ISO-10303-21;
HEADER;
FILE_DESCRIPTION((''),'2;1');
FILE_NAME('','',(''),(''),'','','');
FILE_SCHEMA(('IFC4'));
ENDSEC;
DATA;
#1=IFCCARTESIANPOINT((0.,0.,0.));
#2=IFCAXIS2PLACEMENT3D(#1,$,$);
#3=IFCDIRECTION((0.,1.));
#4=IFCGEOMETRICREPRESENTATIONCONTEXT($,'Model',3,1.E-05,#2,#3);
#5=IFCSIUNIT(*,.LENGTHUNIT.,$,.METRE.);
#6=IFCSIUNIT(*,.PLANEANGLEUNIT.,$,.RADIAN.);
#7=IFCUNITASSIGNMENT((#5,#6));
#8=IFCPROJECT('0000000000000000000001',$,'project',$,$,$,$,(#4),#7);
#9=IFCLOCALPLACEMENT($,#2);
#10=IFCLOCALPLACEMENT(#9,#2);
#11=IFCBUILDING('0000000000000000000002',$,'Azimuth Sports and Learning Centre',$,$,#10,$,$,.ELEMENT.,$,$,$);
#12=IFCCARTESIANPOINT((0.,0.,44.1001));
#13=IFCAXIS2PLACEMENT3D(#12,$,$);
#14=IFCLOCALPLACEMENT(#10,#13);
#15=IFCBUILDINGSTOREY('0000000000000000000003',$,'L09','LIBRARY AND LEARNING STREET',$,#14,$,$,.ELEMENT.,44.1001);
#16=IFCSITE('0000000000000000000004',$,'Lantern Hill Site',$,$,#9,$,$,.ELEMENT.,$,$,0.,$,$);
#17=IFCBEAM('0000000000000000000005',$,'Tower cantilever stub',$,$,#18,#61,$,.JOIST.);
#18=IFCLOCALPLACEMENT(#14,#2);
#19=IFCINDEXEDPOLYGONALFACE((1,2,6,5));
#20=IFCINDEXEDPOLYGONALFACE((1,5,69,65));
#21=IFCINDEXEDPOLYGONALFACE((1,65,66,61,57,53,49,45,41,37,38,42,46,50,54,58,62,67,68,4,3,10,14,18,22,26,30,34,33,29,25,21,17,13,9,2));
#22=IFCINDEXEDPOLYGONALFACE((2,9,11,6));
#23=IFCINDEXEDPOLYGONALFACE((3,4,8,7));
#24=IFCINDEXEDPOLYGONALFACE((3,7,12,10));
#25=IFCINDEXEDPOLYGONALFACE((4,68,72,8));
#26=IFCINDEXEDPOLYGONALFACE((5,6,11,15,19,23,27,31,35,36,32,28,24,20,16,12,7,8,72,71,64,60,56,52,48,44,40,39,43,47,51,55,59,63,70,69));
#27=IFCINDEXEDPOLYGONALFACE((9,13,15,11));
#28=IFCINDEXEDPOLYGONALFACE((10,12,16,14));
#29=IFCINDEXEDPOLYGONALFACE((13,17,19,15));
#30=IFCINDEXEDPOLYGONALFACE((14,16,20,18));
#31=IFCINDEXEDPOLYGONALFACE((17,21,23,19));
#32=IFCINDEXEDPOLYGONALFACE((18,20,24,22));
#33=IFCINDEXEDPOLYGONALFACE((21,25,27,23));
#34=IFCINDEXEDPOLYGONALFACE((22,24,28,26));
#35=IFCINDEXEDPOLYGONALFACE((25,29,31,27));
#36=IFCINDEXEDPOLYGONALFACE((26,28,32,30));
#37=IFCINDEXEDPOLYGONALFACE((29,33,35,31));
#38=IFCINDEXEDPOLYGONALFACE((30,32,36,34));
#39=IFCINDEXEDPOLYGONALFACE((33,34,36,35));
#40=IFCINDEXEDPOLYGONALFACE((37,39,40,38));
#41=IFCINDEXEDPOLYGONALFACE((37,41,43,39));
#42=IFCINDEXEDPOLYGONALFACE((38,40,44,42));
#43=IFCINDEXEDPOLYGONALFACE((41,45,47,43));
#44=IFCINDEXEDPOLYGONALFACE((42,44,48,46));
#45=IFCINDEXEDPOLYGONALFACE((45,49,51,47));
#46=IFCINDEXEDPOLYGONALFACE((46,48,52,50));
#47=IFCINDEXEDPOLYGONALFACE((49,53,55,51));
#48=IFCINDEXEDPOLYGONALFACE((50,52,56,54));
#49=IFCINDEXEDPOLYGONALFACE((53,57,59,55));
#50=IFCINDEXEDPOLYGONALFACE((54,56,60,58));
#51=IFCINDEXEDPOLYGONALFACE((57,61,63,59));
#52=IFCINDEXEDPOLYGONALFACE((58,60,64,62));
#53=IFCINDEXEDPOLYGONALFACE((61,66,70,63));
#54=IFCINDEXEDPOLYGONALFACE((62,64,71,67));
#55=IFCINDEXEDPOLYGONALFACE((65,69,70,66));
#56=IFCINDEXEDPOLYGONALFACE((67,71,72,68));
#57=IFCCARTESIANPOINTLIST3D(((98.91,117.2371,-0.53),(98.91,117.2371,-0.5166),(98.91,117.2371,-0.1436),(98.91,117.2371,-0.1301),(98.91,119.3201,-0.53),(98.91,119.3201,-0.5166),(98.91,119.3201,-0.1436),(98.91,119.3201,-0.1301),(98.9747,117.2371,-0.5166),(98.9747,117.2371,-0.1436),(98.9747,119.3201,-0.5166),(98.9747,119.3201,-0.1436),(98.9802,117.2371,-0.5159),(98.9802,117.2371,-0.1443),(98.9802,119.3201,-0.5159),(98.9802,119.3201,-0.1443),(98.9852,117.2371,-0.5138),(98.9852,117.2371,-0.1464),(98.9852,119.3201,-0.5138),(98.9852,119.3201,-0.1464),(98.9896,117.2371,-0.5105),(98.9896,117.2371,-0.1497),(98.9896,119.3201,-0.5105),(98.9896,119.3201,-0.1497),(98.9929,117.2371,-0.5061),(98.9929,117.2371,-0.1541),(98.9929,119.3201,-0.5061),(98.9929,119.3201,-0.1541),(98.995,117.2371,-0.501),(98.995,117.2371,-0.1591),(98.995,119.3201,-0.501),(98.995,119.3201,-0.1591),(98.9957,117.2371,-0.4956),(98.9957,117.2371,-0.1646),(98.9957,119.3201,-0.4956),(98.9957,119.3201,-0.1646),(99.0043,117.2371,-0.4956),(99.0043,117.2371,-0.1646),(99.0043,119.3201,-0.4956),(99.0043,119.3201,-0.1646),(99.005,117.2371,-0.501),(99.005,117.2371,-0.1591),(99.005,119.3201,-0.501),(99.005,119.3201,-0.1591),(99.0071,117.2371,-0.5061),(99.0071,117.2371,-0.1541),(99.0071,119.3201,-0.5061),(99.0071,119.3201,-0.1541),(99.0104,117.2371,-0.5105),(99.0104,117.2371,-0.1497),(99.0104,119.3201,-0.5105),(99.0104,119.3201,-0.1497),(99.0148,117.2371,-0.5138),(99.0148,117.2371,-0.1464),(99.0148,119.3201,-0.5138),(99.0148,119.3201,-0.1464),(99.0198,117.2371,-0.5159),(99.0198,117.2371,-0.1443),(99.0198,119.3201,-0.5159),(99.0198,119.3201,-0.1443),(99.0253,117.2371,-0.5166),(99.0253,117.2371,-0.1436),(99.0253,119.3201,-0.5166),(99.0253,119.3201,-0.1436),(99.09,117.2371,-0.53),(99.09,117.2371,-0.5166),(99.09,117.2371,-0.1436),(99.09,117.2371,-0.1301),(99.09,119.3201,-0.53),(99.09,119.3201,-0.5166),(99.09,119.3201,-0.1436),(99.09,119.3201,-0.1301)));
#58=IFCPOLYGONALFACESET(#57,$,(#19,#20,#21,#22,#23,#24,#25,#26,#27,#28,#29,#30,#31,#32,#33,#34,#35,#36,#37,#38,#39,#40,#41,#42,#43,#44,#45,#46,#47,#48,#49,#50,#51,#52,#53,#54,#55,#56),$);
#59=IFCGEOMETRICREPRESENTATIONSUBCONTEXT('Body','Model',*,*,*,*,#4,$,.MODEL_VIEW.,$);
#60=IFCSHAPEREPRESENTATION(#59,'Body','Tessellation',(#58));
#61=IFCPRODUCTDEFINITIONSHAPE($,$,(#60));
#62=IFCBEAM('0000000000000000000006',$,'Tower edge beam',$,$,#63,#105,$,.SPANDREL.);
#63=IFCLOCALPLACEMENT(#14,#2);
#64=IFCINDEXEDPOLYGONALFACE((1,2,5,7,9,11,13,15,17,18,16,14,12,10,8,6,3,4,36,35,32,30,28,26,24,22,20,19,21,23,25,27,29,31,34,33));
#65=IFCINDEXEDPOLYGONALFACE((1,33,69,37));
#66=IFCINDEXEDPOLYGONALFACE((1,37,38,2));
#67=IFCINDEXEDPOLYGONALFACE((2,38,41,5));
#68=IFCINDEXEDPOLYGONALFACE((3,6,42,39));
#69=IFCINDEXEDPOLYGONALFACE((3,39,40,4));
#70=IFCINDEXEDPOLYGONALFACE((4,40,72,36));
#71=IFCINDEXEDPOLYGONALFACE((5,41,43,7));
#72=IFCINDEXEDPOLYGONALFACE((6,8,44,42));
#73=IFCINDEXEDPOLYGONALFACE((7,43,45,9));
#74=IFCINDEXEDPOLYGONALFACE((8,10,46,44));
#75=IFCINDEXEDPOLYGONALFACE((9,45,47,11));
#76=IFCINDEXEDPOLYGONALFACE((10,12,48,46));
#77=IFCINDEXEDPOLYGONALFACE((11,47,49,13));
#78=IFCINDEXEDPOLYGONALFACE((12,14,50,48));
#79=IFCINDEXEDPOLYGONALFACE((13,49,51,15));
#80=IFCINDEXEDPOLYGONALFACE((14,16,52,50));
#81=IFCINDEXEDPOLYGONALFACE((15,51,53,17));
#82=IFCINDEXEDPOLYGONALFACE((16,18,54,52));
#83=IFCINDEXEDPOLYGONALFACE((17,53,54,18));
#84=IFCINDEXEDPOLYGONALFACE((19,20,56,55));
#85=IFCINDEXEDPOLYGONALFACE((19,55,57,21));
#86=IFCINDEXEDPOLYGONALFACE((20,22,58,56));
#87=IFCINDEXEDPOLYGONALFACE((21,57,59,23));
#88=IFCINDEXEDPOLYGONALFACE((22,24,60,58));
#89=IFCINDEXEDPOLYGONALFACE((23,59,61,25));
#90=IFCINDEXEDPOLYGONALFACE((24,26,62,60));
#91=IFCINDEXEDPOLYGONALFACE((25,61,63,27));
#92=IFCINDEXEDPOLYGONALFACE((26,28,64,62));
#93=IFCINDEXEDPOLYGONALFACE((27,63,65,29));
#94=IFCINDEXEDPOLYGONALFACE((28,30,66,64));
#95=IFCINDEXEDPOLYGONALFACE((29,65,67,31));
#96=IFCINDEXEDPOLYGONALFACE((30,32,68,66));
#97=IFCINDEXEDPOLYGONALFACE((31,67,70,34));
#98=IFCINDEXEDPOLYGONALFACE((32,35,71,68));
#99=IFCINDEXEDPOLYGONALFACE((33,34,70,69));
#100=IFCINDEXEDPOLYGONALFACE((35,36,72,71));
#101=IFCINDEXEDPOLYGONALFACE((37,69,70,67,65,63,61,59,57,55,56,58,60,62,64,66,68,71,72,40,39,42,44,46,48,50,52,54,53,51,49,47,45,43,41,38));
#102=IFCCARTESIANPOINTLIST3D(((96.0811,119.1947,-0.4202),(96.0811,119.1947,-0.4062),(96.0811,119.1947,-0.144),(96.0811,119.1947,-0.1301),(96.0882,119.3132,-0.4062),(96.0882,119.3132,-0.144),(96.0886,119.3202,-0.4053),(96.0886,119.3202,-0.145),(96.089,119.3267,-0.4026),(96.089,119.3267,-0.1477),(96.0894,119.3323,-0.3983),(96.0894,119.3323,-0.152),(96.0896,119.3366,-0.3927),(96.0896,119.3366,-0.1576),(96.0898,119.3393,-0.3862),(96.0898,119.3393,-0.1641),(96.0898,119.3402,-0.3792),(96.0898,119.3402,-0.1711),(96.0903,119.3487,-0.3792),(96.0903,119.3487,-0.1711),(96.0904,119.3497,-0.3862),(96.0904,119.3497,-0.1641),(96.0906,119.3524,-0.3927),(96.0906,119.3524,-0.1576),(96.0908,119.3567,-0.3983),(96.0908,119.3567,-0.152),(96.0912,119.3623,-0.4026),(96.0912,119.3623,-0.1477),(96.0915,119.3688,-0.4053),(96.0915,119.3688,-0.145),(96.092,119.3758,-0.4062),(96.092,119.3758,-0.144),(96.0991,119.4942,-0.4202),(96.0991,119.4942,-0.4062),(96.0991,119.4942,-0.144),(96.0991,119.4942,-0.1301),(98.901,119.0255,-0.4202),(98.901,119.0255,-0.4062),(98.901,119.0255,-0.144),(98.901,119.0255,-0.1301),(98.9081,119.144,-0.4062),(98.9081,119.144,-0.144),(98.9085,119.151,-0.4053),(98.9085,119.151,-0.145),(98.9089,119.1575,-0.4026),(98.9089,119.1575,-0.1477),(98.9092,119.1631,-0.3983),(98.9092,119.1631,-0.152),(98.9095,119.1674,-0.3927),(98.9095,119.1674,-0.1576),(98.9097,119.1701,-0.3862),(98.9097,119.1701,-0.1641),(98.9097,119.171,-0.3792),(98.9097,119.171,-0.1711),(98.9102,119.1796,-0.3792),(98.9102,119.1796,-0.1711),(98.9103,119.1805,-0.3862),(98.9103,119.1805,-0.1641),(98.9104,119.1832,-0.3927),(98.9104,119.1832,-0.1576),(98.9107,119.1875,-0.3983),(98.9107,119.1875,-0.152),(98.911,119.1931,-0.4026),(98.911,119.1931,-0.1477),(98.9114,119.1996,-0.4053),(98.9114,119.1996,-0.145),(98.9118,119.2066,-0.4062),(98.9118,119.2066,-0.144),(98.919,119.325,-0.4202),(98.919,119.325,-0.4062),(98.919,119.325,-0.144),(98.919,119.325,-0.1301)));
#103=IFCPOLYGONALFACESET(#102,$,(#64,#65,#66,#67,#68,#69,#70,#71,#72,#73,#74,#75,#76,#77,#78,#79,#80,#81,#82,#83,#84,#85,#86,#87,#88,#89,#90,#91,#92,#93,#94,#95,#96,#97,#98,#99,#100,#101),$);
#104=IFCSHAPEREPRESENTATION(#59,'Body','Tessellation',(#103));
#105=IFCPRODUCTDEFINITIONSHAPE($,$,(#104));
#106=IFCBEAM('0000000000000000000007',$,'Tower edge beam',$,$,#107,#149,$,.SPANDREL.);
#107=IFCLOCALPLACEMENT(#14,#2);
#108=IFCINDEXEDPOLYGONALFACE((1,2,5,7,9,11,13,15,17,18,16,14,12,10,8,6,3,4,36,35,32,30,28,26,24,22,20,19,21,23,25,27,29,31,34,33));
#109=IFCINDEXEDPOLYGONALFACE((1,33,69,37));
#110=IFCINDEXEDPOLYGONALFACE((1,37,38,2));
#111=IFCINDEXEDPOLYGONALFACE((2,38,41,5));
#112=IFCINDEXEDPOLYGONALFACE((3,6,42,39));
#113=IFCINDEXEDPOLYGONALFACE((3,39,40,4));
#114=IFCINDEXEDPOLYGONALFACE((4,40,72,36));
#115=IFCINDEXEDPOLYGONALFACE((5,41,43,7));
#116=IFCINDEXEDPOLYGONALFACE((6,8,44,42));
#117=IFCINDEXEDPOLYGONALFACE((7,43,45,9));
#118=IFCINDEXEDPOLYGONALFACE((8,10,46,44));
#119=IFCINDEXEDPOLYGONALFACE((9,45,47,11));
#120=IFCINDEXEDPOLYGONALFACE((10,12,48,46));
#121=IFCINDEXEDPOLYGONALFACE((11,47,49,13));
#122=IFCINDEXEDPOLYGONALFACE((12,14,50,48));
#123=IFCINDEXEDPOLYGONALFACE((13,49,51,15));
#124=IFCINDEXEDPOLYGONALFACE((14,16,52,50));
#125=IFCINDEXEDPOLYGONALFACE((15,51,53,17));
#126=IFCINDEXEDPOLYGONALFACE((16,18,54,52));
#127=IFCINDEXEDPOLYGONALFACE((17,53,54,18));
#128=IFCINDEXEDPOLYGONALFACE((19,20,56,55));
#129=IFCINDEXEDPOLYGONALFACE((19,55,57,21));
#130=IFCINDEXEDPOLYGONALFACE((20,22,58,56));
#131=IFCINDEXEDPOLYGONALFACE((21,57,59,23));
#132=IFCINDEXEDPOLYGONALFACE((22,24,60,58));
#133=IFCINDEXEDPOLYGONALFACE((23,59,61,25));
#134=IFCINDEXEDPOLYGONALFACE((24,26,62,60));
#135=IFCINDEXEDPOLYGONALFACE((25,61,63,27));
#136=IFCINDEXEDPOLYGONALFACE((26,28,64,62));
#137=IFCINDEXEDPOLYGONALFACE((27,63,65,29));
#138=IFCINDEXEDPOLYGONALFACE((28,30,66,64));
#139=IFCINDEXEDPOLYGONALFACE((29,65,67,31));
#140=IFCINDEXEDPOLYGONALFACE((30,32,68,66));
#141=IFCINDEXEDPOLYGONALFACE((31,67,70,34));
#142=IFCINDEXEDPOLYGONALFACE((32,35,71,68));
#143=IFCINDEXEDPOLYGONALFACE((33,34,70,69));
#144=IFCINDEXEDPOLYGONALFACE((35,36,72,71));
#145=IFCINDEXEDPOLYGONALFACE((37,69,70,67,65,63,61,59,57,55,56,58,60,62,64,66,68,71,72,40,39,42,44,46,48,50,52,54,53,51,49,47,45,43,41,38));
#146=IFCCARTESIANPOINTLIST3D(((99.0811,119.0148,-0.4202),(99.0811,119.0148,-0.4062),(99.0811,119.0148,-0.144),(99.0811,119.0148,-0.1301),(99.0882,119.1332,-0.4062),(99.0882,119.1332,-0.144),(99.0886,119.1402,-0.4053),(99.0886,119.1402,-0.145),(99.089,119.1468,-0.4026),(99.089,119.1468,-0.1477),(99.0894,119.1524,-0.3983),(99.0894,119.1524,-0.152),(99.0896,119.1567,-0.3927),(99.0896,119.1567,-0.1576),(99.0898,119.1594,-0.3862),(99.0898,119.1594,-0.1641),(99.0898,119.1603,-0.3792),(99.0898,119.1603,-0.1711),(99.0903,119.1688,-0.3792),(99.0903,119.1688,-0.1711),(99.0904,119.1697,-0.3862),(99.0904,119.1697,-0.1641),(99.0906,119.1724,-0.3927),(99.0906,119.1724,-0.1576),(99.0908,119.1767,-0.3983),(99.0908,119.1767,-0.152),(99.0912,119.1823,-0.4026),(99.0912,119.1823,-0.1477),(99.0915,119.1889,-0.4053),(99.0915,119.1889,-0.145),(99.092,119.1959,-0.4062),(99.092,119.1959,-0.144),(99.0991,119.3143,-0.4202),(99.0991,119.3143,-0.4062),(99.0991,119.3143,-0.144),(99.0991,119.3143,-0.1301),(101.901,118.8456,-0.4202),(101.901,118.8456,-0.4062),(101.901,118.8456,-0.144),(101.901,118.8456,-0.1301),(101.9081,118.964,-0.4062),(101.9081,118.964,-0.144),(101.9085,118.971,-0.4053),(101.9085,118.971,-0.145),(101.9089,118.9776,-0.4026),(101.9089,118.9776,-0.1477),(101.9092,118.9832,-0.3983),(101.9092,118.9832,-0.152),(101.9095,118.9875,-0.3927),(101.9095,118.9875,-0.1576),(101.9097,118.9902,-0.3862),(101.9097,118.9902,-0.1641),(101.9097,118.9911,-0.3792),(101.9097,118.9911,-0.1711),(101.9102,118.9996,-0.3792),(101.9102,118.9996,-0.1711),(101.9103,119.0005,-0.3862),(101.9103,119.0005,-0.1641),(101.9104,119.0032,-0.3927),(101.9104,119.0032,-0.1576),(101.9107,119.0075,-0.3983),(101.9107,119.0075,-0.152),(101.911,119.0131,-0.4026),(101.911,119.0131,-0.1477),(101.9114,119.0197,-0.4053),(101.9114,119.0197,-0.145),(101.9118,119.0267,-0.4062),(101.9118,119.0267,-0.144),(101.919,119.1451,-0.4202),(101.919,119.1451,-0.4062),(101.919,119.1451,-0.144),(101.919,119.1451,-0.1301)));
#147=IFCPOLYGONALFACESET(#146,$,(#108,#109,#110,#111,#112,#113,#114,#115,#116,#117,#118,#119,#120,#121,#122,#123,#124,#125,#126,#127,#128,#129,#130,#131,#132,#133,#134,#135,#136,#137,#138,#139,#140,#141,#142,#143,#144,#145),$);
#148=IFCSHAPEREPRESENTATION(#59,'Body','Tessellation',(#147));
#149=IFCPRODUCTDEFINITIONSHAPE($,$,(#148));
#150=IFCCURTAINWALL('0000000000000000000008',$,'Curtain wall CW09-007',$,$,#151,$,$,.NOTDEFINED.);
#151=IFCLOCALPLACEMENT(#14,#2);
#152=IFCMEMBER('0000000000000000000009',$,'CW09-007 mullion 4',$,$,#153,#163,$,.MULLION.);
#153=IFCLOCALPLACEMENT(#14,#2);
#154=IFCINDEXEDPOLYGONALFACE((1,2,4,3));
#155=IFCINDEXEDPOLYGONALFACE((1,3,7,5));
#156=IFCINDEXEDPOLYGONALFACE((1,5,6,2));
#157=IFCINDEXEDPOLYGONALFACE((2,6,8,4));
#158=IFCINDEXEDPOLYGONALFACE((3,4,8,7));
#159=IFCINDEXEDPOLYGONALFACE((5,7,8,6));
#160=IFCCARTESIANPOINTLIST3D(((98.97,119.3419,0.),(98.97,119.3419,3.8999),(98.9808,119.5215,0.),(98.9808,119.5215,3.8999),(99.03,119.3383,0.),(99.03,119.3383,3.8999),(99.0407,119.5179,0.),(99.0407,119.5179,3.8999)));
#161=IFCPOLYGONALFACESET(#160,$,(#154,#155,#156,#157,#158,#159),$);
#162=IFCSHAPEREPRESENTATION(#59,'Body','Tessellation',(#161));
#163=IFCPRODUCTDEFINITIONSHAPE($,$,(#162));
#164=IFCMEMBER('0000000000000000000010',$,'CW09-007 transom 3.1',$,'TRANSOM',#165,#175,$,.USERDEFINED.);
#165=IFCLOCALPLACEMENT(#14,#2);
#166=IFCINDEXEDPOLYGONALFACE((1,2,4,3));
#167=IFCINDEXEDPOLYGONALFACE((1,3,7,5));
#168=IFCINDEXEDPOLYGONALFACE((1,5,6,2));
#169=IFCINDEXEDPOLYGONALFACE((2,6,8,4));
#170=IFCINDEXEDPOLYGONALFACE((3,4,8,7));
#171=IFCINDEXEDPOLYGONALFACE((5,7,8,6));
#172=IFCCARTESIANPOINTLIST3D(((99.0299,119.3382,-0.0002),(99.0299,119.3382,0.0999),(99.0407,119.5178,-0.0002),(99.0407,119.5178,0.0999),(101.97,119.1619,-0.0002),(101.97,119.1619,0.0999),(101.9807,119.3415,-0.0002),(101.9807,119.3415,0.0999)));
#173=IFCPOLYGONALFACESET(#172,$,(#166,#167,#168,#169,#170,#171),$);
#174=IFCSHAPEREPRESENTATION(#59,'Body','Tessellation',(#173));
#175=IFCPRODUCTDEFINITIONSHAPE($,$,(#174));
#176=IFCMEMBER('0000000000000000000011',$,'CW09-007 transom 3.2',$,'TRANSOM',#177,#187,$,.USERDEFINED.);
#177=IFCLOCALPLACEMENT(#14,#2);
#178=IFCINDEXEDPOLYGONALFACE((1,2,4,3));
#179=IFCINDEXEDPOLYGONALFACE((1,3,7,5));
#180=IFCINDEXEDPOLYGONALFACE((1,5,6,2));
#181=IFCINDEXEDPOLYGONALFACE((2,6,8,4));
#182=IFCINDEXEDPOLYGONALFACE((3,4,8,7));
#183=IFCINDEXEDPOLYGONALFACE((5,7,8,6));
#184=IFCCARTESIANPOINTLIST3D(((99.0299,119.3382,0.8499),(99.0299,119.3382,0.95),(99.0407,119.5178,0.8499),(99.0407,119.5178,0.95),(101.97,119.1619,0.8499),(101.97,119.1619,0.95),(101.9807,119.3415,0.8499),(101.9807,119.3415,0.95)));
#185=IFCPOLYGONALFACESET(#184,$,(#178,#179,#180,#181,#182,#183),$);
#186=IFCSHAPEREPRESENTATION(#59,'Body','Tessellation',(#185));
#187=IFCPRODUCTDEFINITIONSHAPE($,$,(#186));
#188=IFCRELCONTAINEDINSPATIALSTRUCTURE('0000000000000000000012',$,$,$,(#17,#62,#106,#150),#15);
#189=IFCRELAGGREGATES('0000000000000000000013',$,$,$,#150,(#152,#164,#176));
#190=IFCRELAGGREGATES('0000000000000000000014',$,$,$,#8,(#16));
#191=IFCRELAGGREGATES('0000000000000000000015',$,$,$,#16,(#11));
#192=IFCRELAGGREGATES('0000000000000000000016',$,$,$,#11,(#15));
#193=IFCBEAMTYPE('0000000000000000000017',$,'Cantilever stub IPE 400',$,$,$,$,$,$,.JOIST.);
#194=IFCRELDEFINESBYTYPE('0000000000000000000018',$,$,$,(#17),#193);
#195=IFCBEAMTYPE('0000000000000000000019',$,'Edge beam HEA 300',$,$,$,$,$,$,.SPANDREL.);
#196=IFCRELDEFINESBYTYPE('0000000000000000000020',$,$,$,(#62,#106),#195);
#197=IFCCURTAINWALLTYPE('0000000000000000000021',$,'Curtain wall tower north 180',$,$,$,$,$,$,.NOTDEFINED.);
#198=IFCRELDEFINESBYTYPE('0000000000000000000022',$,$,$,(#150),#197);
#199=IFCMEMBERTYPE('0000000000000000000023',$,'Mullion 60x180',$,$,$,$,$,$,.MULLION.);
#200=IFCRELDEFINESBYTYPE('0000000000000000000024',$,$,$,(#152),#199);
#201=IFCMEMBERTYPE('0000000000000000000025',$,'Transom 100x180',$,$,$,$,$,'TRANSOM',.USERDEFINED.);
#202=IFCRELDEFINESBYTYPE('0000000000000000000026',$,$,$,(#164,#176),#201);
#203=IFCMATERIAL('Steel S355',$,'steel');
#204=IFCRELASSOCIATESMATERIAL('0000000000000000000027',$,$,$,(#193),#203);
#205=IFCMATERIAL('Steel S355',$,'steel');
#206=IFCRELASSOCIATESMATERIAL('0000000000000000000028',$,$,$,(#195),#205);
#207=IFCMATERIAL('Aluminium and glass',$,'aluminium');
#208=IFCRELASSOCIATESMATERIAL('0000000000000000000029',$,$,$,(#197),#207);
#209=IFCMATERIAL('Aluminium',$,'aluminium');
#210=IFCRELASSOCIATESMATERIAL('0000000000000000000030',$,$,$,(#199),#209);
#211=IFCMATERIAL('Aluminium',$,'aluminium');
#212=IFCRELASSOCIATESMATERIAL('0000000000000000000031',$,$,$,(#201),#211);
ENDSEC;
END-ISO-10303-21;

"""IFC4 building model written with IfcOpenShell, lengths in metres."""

from ifc_helpers import new_model, si_unit, direction, frame, origin, origin_2d, place, context, subcontext, project, spatial, rectangle, i_section, extrude, material, material_profile, profile_set, type_object, element, aggregate, save


model = new_model("IFC4")

# Units and contexts
model_context = context("Model", 3, precision=1e-05, world=origin(), true_north=direction((0.0, 1.0)))
body_context = subcontext(model_context, "Body", "Model", "MODEL_VIEW")
ifc_project = project(units=[si_unit("LENGTHUNIT", "METRE"), si_unit("PLANEANGLEUNIT", "RADIAN")], contexts=[model_context])

# Site, building, storey
site_placement = place(None, origin())
site = spatial("IfcSite", under=ifc_project, at=site_placement, Name="Lantern Hill Site", CompositionType="ELEMENT", RefElevation=0.0)
building_placement = place(site_placement, origin())
building = spatial("IfcBuilding", under=site, at=building_placement, Name="Azimuth Sports and Learning Centre", CompositionType="ELEMENT")
storey_placement = place(building_placement, frame((0.0, 0.0, 44.1001)))
storey = spatial("IfcBuildingStorey", under=building, at=storey_placement, Name="L09", Description="LIBRARY AND LEARNING STREET", CompositionType="ELEMENT", Elevation=44.1001)

# Beams
ifc_material_1 = material(Name="Steel S355", Category="steel")
ifc_material_profile_1 = material_profile(ifc_material_1, i_section(OverallWidth=0.1799, OverallDepth=0.3999, WebThickness=0.0085, FlangeThickness=0.0134, FilletRadius=0.021, at=origin_2d()), Name="IPE 400")
ifc_profile_set_1 = profile_set([ifc_material_profile_1], Name="Steel S355")
beam_type_1 = type_object("IfcBeamType", Name="Cantilever stub IPE 400", PredefinedType="JOIST", material=ifc_profile_set_1)
beam_1_placement = place(storey_placement, frame((99.0, 117.2371, -0.3301), z_axis=(0.0, 1.0, 0.0), x_axis=(-1.0, 0.0, 0.0)))
element("IfcBeam", 1, at=beam_1_placement, inside=storey, type_object=beam_type_1, Name="Tower cantilever stub", PredefinedType="JOIST", context=body_context, shape_type="SweptSolid", body=[
    extrude(i_section(OverallWidth=0.1799, OverallDepth=0.3999, WebThickness=0.0085, FlangeThickness=0.0134, FilletRadius=0.021, at=origin_2d()), origin(), (0.0, 0.0, 1.0), 2.083),
])
ifc_material_2 = material(Name="Steel S355", Category="steel")
ifc_material_profile_2 = material_profile(ifc_material_2, i_section(OverallWidth=0.3, OverallDepth=0.29, WebThickness=0.0085, FlangeThickness=0.0139, FilletRadius=0.0271, at=origin_2d()), Name="HEA 300")
ifc_profile_set_2 = profile_set([ifc_material_profile_2], Name="Steel S355")
beam_type_2 = type_object("IfcBeamType", Name="Edge beam HEA 300", PredefinedType="SPANDREL", material=ifc_profile_set_2)
for number, where, z_axis, x_axis, name in (
    (2, (96.0901, 119.3445, -0.2751), (0.998205, -0.059892, 0.0), (0.059892, 0.998205, 0.0), "Tower edge beam"),
    (3, (99.0901, 119.1646, -0.2751), (0.998205, -0.059892, 0.0), (0.059892, 0.998205, 0.0), "Tower edge beam"),
):
    element("IfcBeam", number, at=place(storey_placement, frame(where, z_axis=z_axis, x_axis=x_axis)), inside=storey, type_object=beam_type_2, Name=name, PredefinedType="SPANDREL", context=body_context, shape_type="SweptSolid", body=[
        extrude(i_section(OverallWidth=0.3, OverallDepth=0.29, WebThickness=0.0085, FlangeThickness=0.0139, FilletRadius=0.0271, at=origin_2d()), origin(), (0.0, 0.0, 1.0), 2.825),
    ])

# Curtain wall, members
ifc_material_3 = material(Name="Aluminium and glass", Category="aluminium")
curtain_wall_type = type_object("IfcCurtainWallType", Name="Curtain wall tower north 180", PredefinedType="NOTDEFINED", material=ifc_material_3)
curtain_wall_placement = place(storey_placement, origin())
curtain_wall = element("IfcCurtainWall", 4, at=curtain_wall_placement, inside=storey, type_object=curtain_wall_type, Name="Curtain wall CW09-007", PredefinedType="NOTDEFINED")
ifc_material_4 = material(Name="Aluminium", Category="aluminium")
ifc_material_profile_3 = material_profile(ifc_material_4, rectangle(XDim=0.1799, YDim=0.0601, at=origin_2d()), Name="Mullion 60x180")
ifc_profile_set_3 = profile_set([ifc_material_profile_3], Name="Aluminium")
member_type_1 = type_object("IfcMemberType", Name="Mullion 60x180", PredefinedType="MULLION", material=ifc_profile_set_3)
member_1_placement = place(storey_placement, frame((99.0054, 119.4299, 0.0), z_axis=(0.0, 0.0, 1.0), x_axis=(-0.059892, -0.998205, 0.0)))
member_1 = element("IfcMember", 5, at=member_1_placement, type_object=member_type_1, Name="CW09-007 mullion 4", PredefinedType="MULLION", context=body_context, shape_type="SweptSolid", body=[
    extrude(rectangle(XDim=0.1799, YDim=0.0601, at=origin_2d()), origin(), (0.0, 0.0, 1.0), 3.8999),
])
ifc_material_5 = material(Name="Aluminium", Category="aluminium")
ifc_material_profile_4 = material_profile(ifc_material_5, rectangle(XDim=0.1799, YDim=0.1001, at=origin_2d()), Name="Transom 100x180")
ifc_profile_set_4 = profile_set([ifc_material_profile_4], Name="Aluminium")
member_type_2 = type_object("IfcMemberType", Name="Transom 100x180", ElementType="TRANSOM", PredefinedType="USERDEFINED", material=ifc_profile_set_4)
member_2_placement = place(storey_placement, frame((101.9753, 119.2517, 0.0498), z_axis=(-0.998207, 0.059849, 0.0), x_axis=(-0.059849, -0.998207, 0.0)))
member_2 = element("IfcMember", 6, at=member_2_placement, type_object=member_type_2, Name="CW09-007 transom 3.1", ObjectType="TRANSOM", PredefinedType="USERDEFINED", context=body_context, shape_type="SweptSolid", body=[
    extrude(rectangle(XDim=0.1799, YDim=0.1001, at=origin_2d()), origin(), (0.0, 0.0, 1.0), 2.9453),
])
member_3_placement = place(storey_placement, frame((101.9753, 119.2517, 0.8999), z_axis=(-0.998207, 0.059849, 0.0), x_axis=(-0.059849, -0.998207, 0.0)))
member_3 = element("IfcMember", 7, at=member_3_placement, type_object=member_type_2, Name="CW09-007 transom 3.2", ObjectType="TRANSOM", PredefinedType="USERDEFINED", context=body_context, shape_type="SweptSolid", body=[
    extrude(rectangle(XDim=0.1799, YDim=0.1001, at=origin_2d()), origin(), (0.0, 0.0, 1.0), 2.9453),
])
aggregate(curtain_wall, [member_1, member_2, member_3])

save(model, "model.ifc")
